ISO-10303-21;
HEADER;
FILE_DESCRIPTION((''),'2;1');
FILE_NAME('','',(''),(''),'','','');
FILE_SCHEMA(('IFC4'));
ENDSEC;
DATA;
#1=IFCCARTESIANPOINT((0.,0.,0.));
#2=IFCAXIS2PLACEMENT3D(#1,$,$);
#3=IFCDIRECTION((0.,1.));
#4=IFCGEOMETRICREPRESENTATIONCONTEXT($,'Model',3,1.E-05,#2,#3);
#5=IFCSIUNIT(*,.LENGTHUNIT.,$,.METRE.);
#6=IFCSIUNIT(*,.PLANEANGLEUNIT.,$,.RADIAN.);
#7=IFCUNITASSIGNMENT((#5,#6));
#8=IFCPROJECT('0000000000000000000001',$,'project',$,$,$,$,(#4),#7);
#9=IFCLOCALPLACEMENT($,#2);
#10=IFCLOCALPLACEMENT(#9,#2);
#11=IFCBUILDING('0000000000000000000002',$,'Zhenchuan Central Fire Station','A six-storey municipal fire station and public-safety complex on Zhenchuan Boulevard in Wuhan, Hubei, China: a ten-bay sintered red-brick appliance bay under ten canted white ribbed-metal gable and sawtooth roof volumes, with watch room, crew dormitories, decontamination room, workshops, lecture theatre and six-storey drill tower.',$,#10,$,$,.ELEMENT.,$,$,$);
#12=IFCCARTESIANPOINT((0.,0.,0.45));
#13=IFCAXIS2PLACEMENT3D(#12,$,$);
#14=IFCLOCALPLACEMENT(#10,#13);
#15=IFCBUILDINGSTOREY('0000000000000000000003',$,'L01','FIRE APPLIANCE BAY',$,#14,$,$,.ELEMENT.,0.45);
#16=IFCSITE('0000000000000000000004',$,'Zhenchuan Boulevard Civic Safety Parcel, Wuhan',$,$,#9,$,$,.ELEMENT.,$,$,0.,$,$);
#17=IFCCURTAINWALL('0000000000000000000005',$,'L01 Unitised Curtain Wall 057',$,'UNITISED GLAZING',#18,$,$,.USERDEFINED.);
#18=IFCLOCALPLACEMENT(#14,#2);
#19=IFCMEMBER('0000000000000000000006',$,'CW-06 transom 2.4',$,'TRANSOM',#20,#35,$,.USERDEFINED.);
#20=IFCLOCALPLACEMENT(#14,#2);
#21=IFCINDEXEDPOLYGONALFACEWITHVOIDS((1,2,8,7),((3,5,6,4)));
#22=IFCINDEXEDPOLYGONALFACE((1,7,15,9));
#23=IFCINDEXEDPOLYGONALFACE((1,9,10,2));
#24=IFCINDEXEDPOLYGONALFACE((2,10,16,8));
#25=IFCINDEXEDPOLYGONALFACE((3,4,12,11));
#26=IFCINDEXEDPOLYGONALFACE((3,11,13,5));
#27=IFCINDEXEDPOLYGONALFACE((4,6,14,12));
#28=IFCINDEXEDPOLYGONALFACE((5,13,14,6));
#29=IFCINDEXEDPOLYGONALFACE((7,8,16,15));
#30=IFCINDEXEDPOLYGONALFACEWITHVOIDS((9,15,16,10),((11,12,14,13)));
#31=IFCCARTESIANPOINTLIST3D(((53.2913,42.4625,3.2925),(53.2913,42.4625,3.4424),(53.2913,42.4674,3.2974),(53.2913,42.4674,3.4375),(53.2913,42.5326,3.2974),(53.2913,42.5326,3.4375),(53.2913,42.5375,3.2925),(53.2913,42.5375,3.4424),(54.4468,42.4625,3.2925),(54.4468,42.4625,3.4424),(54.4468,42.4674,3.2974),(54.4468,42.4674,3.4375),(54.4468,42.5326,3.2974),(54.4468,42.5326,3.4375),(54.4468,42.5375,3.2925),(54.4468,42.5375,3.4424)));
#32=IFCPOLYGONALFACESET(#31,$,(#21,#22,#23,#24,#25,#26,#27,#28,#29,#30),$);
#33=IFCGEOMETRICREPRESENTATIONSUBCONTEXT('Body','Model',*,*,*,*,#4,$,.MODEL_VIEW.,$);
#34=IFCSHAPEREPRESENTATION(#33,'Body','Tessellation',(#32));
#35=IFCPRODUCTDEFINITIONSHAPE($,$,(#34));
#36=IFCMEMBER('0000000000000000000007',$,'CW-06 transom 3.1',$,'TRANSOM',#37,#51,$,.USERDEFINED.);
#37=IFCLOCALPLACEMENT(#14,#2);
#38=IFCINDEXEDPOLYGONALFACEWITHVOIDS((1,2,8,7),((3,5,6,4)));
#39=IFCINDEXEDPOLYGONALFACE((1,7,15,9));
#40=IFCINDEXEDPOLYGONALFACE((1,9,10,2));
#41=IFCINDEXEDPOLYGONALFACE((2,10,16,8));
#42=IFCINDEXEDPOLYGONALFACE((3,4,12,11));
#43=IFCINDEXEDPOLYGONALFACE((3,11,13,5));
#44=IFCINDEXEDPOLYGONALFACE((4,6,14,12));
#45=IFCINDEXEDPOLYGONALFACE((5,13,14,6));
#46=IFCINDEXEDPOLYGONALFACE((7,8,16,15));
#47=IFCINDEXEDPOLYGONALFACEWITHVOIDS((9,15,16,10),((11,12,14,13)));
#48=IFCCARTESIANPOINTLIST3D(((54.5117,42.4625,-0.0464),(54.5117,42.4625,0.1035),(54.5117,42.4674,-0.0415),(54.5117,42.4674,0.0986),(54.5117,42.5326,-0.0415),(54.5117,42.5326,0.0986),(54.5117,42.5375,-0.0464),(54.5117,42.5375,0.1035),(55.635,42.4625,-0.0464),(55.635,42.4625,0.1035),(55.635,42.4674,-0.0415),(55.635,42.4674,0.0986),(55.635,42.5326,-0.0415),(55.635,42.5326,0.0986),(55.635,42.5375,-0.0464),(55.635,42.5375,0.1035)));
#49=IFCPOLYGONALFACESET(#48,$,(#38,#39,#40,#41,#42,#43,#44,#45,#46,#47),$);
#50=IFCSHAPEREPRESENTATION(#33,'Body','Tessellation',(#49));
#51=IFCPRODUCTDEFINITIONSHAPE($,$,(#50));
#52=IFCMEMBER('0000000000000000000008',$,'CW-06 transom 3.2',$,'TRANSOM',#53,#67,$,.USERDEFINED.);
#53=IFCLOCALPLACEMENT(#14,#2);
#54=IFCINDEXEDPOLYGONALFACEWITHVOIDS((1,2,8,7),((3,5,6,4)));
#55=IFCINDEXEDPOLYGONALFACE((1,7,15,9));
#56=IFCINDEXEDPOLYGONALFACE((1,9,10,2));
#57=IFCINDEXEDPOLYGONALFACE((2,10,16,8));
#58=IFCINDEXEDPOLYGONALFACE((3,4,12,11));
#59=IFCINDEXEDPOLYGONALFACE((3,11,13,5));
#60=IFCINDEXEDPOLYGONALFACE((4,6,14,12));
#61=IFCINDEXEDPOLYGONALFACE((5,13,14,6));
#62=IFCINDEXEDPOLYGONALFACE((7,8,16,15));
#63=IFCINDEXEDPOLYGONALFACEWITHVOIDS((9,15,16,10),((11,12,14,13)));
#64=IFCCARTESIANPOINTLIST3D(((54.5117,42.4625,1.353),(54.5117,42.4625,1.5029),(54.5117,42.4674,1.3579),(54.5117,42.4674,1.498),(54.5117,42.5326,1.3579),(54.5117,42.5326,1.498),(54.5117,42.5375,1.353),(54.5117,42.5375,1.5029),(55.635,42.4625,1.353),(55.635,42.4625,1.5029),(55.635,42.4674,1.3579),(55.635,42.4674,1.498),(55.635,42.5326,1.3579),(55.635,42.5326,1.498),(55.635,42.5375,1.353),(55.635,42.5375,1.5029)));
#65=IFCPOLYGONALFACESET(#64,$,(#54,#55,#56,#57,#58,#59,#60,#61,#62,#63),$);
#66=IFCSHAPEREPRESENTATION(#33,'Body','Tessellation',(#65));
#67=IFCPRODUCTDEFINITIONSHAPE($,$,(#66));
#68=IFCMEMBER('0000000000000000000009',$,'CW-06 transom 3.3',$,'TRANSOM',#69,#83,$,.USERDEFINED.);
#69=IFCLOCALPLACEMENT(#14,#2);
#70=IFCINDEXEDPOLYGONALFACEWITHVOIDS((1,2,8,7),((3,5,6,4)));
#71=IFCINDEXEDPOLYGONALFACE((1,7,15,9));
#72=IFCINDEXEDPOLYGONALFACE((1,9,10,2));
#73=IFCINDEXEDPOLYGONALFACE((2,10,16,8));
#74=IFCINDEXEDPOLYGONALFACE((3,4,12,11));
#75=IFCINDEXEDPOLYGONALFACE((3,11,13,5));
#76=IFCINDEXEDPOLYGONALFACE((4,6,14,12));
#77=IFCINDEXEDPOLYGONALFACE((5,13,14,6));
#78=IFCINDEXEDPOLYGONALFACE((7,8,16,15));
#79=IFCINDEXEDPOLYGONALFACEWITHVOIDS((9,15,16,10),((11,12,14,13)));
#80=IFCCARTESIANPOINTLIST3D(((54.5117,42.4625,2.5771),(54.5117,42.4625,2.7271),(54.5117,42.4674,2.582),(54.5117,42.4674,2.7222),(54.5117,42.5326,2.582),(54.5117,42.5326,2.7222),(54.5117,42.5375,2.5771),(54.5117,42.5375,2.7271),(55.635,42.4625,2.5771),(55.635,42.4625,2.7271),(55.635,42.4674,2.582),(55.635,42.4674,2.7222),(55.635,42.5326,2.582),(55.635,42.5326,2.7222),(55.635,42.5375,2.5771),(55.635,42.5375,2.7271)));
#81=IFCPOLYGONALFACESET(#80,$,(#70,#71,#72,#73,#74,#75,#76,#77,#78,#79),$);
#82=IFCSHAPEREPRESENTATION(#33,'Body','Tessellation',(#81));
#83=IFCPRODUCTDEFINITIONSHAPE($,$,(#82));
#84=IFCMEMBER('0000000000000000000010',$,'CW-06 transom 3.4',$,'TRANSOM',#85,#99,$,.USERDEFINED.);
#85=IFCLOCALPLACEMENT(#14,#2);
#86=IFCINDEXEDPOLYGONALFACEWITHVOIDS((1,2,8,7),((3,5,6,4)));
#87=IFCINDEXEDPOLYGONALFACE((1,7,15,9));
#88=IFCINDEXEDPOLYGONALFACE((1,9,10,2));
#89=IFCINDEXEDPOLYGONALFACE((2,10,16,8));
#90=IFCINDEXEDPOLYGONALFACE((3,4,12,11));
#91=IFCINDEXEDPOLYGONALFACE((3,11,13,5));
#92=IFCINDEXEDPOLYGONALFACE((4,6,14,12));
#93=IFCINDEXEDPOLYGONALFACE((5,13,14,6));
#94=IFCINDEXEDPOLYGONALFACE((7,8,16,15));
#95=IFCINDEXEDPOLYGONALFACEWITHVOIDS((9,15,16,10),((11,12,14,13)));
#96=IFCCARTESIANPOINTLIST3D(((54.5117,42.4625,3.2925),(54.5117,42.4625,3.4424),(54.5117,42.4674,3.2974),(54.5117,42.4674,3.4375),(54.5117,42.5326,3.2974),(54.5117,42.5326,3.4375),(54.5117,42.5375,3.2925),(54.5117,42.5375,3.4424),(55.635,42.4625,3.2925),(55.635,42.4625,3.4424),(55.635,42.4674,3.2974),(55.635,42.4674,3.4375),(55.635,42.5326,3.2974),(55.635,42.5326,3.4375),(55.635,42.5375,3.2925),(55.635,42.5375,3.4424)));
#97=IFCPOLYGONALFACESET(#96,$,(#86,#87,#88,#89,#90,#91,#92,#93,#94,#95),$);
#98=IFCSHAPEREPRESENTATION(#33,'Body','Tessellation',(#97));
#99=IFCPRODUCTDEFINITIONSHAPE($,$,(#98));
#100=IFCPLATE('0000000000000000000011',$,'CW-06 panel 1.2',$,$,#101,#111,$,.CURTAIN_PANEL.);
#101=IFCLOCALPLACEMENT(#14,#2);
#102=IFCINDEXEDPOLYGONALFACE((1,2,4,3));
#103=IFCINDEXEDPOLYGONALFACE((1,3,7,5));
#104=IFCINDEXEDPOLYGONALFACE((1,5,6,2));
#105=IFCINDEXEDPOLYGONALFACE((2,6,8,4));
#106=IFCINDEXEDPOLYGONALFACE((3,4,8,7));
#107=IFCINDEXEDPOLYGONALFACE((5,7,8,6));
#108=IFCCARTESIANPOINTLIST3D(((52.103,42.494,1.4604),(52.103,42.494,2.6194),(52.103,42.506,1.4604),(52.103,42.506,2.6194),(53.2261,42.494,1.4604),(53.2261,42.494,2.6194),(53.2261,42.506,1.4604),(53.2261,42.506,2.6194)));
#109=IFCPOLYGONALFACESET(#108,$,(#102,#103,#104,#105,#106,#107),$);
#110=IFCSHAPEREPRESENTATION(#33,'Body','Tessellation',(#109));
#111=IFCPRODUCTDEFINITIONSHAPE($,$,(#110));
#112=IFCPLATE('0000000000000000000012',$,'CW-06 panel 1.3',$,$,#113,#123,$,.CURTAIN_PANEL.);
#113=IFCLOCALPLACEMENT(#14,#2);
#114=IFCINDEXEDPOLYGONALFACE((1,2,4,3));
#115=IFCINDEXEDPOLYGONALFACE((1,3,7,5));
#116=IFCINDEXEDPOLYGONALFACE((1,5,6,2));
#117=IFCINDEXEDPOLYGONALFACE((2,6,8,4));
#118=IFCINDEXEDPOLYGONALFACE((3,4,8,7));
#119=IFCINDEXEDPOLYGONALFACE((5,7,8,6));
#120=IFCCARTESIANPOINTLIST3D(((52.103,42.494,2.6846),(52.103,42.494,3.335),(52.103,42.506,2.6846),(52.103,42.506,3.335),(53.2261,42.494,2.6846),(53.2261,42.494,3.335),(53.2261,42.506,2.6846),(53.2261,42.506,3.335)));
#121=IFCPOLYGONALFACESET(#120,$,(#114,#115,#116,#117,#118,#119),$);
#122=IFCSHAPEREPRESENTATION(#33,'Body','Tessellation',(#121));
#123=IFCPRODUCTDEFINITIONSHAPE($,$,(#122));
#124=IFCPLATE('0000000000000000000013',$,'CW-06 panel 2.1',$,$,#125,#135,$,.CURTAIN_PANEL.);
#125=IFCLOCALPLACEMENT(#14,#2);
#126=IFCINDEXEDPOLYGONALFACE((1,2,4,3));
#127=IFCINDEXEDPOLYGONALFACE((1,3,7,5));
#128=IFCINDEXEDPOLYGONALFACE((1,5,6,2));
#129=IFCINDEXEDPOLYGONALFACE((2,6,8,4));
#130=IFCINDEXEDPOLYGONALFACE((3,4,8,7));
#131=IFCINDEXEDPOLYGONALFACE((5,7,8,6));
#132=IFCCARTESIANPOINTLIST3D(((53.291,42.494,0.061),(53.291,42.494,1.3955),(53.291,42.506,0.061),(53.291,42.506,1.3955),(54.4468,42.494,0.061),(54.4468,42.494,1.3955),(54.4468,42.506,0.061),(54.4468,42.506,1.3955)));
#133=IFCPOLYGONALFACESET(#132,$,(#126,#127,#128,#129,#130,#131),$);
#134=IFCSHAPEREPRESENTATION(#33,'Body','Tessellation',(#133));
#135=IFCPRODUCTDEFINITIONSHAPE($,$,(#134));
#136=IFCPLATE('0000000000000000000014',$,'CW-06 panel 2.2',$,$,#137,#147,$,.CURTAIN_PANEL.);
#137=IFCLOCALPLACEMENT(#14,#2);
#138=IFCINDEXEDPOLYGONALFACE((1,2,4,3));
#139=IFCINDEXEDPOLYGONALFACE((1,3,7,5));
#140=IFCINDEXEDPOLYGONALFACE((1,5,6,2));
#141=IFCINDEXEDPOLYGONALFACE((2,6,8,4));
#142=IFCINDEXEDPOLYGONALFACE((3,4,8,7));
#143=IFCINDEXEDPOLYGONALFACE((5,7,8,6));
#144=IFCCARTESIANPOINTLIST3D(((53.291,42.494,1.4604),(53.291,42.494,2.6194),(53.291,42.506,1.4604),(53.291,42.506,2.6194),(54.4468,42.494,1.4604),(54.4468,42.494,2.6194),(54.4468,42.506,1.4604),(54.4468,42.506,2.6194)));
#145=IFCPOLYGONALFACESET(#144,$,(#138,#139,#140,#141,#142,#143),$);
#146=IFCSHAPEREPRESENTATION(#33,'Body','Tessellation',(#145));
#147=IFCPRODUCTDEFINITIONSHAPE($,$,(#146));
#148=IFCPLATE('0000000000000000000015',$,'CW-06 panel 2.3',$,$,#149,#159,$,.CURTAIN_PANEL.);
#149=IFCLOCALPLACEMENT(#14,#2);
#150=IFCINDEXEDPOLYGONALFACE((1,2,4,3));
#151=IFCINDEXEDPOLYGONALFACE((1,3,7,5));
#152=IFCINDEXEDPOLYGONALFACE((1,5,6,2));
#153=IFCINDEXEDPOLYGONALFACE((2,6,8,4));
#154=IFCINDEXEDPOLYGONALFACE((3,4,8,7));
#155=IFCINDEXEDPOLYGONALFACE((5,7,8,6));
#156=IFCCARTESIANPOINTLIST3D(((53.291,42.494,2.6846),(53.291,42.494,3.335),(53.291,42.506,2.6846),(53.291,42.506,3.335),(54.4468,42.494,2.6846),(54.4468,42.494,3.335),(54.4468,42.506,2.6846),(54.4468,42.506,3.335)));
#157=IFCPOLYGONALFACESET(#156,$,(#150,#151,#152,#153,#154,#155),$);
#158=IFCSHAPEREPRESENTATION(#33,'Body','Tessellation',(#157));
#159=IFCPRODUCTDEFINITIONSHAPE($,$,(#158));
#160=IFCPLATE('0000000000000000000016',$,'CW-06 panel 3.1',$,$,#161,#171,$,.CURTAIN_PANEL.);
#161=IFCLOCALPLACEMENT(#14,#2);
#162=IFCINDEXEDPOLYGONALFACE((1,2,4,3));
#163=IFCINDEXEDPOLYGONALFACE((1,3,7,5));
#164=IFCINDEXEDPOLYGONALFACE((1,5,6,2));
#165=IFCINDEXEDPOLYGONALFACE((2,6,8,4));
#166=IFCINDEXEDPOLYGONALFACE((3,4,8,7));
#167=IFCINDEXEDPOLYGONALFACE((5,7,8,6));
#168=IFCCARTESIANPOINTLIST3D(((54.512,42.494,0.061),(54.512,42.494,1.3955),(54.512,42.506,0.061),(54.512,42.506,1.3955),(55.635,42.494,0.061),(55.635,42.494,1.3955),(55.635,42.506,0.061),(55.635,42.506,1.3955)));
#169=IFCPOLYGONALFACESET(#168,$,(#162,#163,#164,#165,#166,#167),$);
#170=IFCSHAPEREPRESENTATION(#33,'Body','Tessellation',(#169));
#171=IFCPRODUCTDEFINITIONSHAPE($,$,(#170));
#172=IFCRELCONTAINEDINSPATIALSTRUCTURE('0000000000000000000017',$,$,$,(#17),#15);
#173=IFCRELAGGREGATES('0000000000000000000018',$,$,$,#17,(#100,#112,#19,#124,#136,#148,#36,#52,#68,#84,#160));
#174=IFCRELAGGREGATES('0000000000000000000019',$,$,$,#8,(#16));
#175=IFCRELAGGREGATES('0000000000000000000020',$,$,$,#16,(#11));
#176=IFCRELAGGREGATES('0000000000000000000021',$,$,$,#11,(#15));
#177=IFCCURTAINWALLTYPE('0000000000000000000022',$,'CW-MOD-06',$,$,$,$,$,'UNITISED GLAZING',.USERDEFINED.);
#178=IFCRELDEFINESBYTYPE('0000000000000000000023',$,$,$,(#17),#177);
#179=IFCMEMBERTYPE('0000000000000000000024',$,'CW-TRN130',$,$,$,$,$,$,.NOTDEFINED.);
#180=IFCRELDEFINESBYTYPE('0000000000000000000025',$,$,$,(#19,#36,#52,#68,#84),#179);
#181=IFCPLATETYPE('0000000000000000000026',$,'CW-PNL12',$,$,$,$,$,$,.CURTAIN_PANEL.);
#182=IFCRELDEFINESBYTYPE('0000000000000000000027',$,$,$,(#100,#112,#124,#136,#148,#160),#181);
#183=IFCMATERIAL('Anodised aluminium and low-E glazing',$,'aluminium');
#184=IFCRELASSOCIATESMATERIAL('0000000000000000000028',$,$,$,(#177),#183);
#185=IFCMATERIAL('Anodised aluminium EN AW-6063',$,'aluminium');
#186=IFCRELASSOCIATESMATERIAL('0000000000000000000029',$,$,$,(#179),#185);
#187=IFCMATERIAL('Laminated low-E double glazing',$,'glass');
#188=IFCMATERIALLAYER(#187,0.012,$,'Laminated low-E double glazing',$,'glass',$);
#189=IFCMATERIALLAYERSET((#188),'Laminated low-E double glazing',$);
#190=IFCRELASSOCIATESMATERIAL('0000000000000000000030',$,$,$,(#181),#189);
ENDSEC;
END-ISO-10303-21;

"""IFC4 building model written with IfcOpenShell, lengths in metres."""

from ifc_helpers import new_model, si_unit, direction, frame, origin, origin_2d, place, context, subcontext, project, spatial, rectangle, hollow_rectangle, extrude, material, layer, layer_set, material_profile, profile_set, type_object, element, aggregate, save


model = new_model("IFC4")

# Units and contexts
model_context = context("Model", 3, precision=1e-05, world=origin(), true_north=direction((0.0, 1.0)))
body_context = subcontext(model_context, "Body", "Model", "MODEL_VIEW")
ifc_project = project(units=[si_unit("LENGTHUNIT", "METRE"), si_unit("PLANEANGLEUNIT", "RADIAN")], contexts=[model_context])

# Site, building, storey
site_placement = place(None, origin())
site = spatial("IfcSite", under=ifc_project, at=site_placement, Name="Zhenchuan Boulevard Civic Safety Parcel, Wuhan", CompositionType="ELEMENT", RefElevation=0.0)
building_placement = place(site_placement, origin())
building = spatial("IfcBuilding", under=site, at=building_placement, Name="Zhenchuan Central Fire Station", Description="A six-storey municipal fire station and public-safety complex on Zhenchuan Boulevard in Wuhan, Hubei, China: a ten-bay sintered red-brick appliance bay under ten canted white ribbed-metal gable and sawtooth roof volumes, with watch room, crew dormitories, decontamination room, workshops, lecture theatre and six-storey drill tower.", CompositionType="ELEMENT")
storey_placement = place(building_placement, frame((0.0, 0.0, 0.45)))
storey = spatial("IfcBuildingStorey", under=building, at=storey_placement, Name="L01", Description="FIRE APPLIANCE BAY", CompositionType="ELEMENT", Elevation=0.45)

# Curtain wall, members, plates
ifc_material_1 = material(Name="Anodised aluminium and low-E glazing", Category="aluminium")
curtain_wall_type = type_object("IfcCurtainWallType", Name="CW-MOD-06", ElementType="UNITISED GLAZING", PredefinedType="USERDEFINED", material=ifc_material_1)
curtain_wall_placement = place(storey_placement, origin())
curtain_wall = element("IfcCurtainWall", 1, at=curtain_wall_placement, inside=storey, type_object=curtain_wall_type, Name="L01 Unitised Curtain Wall 057", ObjectType="UNITISED GLAZING", PredefinedType="USERDEFINED")
ifc_material_2 = material(Name="Anodised aluminium EN AW-6063", Category="aluminium")
ifc_material_profile_1 = material_profile(ifc_material_2, hollow_rectangle(XDim=0.075, YDim=0.1499, WallThickness=0.0049, at=origin_2d()), Name="ALU-T 150x75")
ifc_profile_set_1 = profile_set([ifc_material_profile_1], Name="Anodised aluminium EN AW-6063")
member_type_1 = type_object("IfcMemberType", Name="CW-TRN130", PredefinedType="NOTDEFINED", material=ifc_profile_set_1)
member_1_placement = place(storey_placement, frame((53.2913, 42.5, 3.3674), z_axis=(1.0, 0.0, 0.0), x_axis=(0.0, 1.0, 0.0)))
member_1 = element("IfcMember", 2, at=member_1_placement, type_object=member_type_1, Name="CW-06 transom 2.4", ObjectType="TRANSOM", PredefinedType="USERDEFINED", context=body_context, shape_type="SweptSolid", body=[
    extrude(hollow_rectangle(XDim=0.075, YDim=0.1499, WallThickness=0.0049, at=origin_2d()), origin(), (0.0, 0.0, 1.0), 1.1555),
])
member_2_placement = place(storey_placement, frame((54.5117, 42.5, 0.0286), z_axis=(1.0, 0.0, 0.0), x_axis=(0.0, 1.0, 0.0)))
member_2 = element("IfcMember", 3, at=member_2_placement, type_object=member_type_1, Name="CW-06 transom 3.1", ObjectType="TRANSOM", PredefinedType="USERDEFINED", context=body_context, shape_type="SweptSolid", body=[
    extrude(hollow_rectangle(XDim=0.075, YDim=0.1499, WallThickness=0.0049, at=origin_2d()), origin(), (0.0, 0.0, 1.0), 1.1233),
])
member_3_placement = place(storey_placement, frame((54.5117, 42.5, 1.428), z_axis=(1.0, 0.0, 0.0), x_axis=(0.0, 1.0, 0.0)))
member_3 = element("IfcMember", 4, at=member_3_placement, type_object=member_type_1, Name="CW-06 transom 3.2", ObjectType="TRANSOM", PredefinedType="USERDEFINED", context=body_context, shape_type="SweptSolid", body=[
    extrude(hollow_rectangle(XDim=0.075, YDim=0.1499, WallThickness=0.0049, at=origin_2d()), origin(), (0.0, 0.0, 1.0), 1.1233),
])
member_4_placement = place(storey_placement, frame((54.5117, 42.5, 2.6521), z_axis=(1.0, 0.0, 0.0), x_axis=(0.0, 1.0, 0.0)))
member_4 = element("IfcMember", 5, at=member_4_placement, type_object=member_type_1, Name="CW-06 transom 3.3", ObjectType="TRANSOM", PredefinedType="USERDEFINED", context=body_context, shape_type="SweptSolid", body=[
    extrude(hollow_rectangle(XDim=0.075, YDim=0.1499, WallThickness=0.0049, at=origin_2d()), origin(), (0.0, 0.0, 1.0), 1.1233),
])
member_5_placement = place(storey_placement, frame((54.5117, 42.5, 3.3674), z_axis=(1.0, 0.0, 0.0), x_axis=(0.0, 1.0, 0.0)))
member_5 = element("IfcMember", 6, at=member_5_placement, type_object=member_type_1, Name="CW-06 transom 3.4", ObjectType="TRANSOM", PredefinedType="USERDEFINED", context=body_context, shape_type="SweptSolid", body=[
    extrude(hollow_rectangle(XDim=0.075, YDim=0.1499, WallThickness=0.0049, at=origin_2d()), origin(), (0.0, 0.0, 1.0), 1.1233),
])
ifc_material_3 = material(Name="Laminated low-E double glazing", Category="glass")
ifc_layer = layer(ifc_material_3, 0.012, Name="Laminated low-E double glazing", Category="glass")
ifc_layer_set = layer_set([ifc_layer], Name="Laminated low-E double glazing")
plate_type = type_object("IfcPlateType", Name="CW-PNL12", PredefinedType="CURTAIN_PANEL", material=ifc_layer_set)
plate_1_placement = place(storey_placement, frame((52.6646, 42.5, 1.4604), z_axis=(0.0, 0.0, 1.0), x_axis=(1.0, 0.0, 0.0)))
plate_1 = element("IfcPlate", 7, at=plate_1_placement, type_object=plate_type, Name="CW-06 panel 1.2", PredefinedType="CURTAIN_PANEL", context=body_context, shape_type="SweptSolid", body=[
    extrude(rectangle(XDim=1.123, YDim=0.012, at=origin_2d()), origin(), (0.0, 0.0, 1.0), 1.1589),
])
plate_2_placement = place(storey_placement, frame((52.6646, 42.5, 2.6846), z_axis=(0.0, 0.0, 1.0), x_axis=(1.0, 0.0, 0.0)))
plate_2 = element("IfcPlate", 8, at=plate_2_placement, type_object=plate_type, Name="CW-06 panel 1.3", PredefinedType="CURTAIN_PANEL", context=body_context, shape_type="SweptSolid", body=[
    extrude(rectangle(XDim=1.123, YDim=0.012, at=origin_2d()), origin(), (0.0, 0.0, 1.0), 0.6504),
])
plate_3_placement = place(storey_placement, frame((53.8689, 42.5, 0.061), z_axis=(0.0, 0.0, 1.0), x_axis=(1.0, 0.0, 0.0)))
plate_3 = element("IfcPlate", 9, at=plate_3_placement, type_object=plate_type, Name="CW-06 panel 2.1", PredefinedType="CURTAIN_PANEL", context=body_context, shape_type="SweptSolid", body=[
    extrude(rectangle(XDim=1.1558, YDim=0.012, at=origin_2d()), origin(), (0.0, 0.0, 1.0), 1.3345),
])
plate_4_placement = place(storey_placement, frame((53.8689, 42.5, 1.4604), z_axis=(0.0, 0.0, 1.0), x_axis=(1.0, 0.0, 0.0)))
plate_4 = element("IfcPlate", 10, at=plate_4_placement, type_object=plate_type, Name="CW-06 panel 2.2", PredefinedType="CURTAIN_PANEL", context=body_context, shape_type="SweptSolid", body=[
    extrude(rectangle(XDim=1.1558, YDim=0.012, at=origin_2d()), origin(), (0.0, 0.0, 1.0), 1.1589),
])
plate_5_placement = place(storey_placement, frame((53.8689, 42.5, 2.6846), z_axis=(0.0, 0.0, 1.0), x_axis=(1.0, 0.0, 0.0)))
plate_5 = element("IfcPlate", 11, at=plate_5_placement, type_object=plate_type, Name="CW-06 panel 2.3", PredefinedType="CURTAIN_PANEL", context=body_context, shape_type="SweptSolid", body=[
    extrude(rectangle(XDim=1.1558, YDim=0.012, at=origin_2d()), origin(), (0.0, 0.0, 1.0), 0.6504),
])
plate_6_placement = place(storey_placement, frame((55.0735, 42.5, 0.061), z_axis=(0.0, 0.0, 1.0), x_axis=(1.0, 0.0, 0.0)))
plate_6 = element("IfcPlate", 12, at=plate_6_placement, type_object=plate_type, Name="CW-06 panel 3.1", PredefinedType="CURTAIN_PANEL", context=body_context, shape_type="SweptSolid", body=[
    extrude(rectangle(XDim=1.123, YDim=0.012, at=origin_2d()), origin(), (0.0, 0.0, 1.0), 1.3345),
])
aggregate(curtain_wall, [plate_1, plate_2, member_1, plate_3, plate_4, plate_5, member_2, member_3, member_4, member_5, plate_6])

save(model, "model.ifc")
